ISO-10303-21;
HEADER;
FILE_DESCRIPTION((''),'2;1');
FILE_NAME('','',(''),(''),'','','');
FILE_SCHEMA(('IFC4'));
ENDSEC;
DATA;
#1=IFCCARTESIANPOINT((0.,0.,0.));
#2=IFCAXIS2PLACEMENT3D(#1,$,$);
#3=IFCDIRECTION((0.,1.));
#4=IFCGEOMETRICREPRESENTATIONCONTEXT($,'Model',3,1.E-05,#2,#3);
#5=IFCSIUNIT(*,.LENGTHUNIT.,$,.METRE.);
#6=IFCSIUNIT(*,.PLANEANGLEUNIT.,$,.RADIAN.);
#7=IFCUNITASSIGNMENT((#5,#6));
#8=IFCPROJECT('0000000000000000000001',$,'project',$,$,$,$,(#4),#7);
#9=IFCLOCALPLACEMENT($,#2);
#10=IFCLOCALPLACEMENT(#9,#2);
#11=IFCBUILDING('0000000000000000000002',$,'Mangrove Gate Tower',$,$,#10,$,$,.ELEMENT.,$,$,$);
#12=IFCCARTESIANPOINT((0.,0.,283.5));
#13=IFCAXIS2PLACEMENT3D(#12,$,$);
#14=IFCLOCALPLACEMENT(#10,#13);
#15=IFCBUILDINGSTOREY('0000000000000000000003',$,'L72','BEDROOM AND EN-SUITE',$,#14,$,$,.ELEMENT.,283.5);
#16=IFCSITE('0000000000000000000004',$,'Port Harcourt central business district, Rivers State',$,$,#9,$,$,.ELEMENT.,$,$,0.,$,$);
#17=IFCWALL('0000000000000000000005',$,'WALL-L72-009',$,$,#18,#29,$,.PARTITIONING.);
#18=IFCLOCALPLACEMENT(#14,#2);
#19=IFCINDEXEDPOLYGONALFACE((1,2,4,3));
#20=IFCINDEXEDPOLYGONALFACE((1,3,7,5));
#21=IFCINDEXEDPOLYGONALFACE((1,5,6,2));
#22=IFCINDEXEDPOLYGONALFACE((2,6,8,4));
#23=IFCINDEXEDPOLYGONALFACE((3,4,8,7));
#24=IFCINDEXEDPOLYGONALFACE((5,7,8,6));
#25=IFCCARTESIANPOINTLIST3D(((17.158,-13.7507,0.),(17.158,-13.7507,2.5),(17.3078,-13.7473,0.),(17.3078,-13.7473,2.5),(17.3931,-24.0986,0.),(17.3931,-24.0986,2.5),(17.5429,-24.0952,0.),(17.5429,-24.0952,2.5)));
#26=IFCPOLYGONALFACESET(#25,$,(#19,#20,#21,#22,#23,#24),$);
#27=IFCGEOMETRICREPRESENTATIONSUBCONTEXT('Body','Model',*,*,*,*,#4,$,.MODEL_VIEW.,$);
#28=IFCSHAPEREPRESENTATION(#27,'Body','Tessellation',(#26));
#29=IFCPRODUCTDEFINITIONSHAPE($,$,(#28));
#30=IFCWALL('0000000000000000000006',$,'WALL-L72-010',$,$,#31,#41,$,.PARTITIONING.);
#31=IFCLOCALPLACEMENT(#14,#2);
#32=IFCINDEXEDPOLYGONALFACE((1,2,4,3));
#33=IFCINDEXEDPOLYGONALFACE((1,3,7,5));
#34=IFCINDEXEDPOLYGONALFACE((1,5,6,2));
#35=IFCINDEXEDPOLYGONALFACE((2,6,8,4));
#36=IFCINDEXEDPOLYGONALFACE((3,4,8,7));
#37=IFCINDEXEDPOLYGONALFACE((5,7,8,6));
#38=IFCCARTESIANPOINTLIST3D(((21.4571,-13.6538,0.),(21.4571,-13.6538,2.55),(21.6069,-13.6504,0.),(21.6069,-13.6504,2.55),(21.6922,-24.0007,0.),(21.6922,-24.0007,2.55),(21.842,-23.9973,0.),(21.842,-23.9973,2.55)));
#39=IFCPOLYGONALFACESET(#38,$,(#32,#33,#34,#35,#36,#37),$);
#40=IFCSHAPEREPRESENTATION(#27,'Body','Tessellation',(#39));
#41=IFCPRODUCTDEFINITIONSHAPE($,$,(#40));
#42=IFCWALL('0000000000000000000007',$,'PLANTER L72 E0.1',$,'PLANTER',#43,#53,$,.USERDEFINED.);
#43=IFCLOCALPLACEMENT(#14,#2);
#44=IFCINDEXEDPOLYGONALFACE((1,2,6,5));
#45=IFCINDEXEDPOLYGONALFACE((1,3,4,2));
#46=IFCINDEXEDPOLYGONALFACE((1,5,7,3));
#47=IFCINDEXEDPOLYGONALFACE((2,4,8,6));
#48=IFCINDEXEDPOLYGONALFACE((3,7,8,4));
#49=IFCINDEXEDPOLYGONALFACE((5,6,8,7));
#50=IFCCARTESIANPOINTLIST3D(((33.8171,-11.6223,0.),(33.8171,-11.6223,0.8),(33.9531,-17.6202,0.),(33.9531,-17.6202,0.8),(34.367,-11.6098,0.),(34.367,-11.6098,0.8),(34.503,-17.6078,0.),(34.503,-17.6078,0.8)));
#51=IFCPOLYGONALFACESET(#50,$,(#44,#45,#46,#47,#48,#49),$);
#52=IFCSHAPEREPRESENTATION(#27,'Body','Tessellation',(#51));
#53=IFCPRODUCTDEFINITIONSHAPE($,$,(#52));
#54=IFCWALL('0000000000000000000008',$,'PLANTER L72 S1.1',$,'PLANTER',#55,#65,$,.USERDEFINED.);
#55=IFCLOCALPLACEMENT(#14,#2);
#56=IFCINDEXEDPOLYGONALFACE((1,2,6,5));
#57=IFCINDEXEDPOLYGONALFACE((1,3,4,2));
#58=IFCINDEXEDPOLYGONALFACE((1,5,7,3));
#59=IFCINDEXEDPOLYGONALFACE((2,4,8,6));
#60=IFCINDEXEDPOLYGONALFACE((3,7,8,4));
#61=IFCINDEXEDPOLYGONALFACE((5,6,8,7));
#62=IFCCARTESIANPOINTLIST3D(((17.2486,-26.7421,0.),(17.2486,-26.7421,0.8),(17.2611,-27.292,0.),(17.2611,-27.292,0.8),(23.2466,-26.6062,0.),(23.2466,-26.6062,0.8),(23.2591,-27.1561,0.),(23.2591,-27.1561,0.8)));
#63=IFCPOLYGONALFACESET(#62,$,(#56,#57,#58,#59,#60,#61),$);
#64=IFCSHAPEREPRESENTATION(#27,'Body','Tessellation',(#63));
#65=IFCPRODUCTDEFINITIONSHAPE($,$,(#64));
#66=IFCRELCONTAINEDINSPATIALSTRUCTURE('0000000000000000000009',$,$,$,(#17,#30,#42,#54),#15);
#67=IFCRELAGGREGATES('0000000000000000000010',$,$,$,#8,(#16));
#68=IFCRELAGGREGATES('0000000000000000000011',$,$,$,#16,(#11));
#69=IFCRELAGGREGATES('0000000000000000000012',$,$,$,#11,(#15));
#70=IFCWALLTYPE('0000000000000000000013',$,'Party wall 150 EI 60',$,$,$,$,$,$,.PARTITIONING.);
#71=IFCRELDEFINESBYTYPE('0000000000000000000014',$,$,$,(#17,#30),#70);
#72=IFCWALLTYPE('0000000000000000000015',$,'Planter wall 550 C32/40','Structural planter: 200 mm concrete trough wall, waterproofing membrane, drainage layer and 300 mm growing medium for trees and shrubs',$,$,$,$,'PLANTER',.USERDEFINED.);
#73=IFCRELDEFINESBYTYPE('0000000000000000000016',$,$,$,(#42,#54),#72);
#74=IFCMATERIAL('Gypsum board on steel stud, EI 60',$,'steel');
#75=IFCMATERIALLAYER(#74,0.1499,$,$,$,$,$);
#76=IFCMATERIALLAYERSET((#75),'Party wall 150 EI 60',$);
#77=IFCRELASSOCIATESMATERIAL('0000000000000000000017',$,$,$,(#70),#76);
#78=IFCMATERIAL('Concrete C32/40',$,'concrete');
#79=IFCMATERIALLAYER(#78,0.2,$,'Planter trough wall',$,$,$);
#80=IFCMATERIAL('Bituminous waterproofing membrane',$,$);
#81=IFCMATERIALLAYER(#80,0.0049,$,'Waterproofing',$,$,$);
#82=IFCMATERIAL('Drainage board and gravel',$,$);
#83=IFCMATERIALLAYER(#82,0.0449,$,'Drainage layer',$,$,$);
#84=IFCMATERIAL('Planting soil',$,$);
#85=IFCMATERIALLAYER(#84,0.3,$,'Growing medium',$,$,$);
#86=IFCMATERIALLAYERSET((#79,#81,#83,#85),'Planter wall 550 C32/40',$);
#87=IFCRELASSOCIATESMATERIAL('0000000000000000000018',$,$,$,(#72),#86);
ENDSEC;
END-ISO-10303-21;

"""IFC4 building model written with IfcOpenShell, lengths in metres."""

from ifc_helpers import new_model, si_unit, direction, frame, frame_2d, origin, place, context, subcontext, project, spatial, rectangle, extrude, material, layer, layer_set, type_object, element, save


model = new_model("IFC4")

# Units and contexts
model_context = context("Model", 3, precision=1e-05, world=origin(), true_north=direction((0.0, 1.0)))
body_context = subcontext(model_context, "Body", "Model", "MODEL_VIEW")
ifc_project = project(units=[si_unit("LENGTHUNIT", "METRE"), si_unit("PLANEANGLEUNIT", "RADIAN")], contexts=[model_context])

# Site, building, storey
site_placement = place(None, origin())
site = spatial("IfcSite", under=ifc_project, at=site_placement, Name="Port Harcourt central business district, Rivers State", CompositionType="ELEMENT", RefElevation=0.0)
building_placement = place(site_placement, origin())
building = spatial("IfcBuilding", under=site, at=building_placement, Name="Mangrove Gate Tower", CompositionType="ELEMENT")
storey_placement = place(building_placement, frame((0.0, 0.0, 283.5)))
storey = spatial("IfcBuildingStorey", under=building, at=storey_placement, Name="L72", Description="BEDROOM AND EN-SUITE", CompositionType="ELEMENT", Elevation=283.5)

# Walls
ifc_material_1 = material(Name="Gypsum board on steel stud, EI 60", Category="steel")
ifc_layer_1 = layer(ifc_material_1, 0.1499)
ifc_layer_set_1 = layer_set([ifc_layer_1], Name="Party wall 150 EI 60")
wall_type_1 = type_object("IfcWallType", Name="Party wall 150 EI 60", PredefinedType="PARTITIONING", material=ifc_layer_set_1)
wall_1_placement = place(storey_placement, frame((17.468, -24.0969, 0.0), z_axis=(0.0, 0.0, 1.0), x_axis=(-0.022714, 0.999742, 0.0)))
element("IfcWall", 1, at=wall_1_placement, inside=storey, type_object=wall_type_1, Name="WALL-L72-009", PredefinedType="PARTITIONING", context=body_context, shape_type="SweptSolid", body=[
    extrude(rectangle(XDim=10.3506, YDim=0.1499, at=frame_2d((5.1753, 0.0))), origin(), (0.0, 0.0, 1.0), 2.5),
])
wall_2_placement = place(storey_placement, frame((21.7671, -23.999, 0.0), z_axis=(0.0, 0.0, 1.0), x_axis=(-0.022717, 0.999742, 0.0)))
element("IfcWall", 2, at=wall_2_placement, inside=storey, type_object=wall_type_1, Name="WALL-L72-010", PredefinedType="PARTITIONING", context=body_context, shape_type="SweptSolid", body=[
    extrude(rectangle(XDim=10.3496, YDim=0.1499, at=frame_2d((5.1748, 0.0))), origin(), (0.0, 0.0, 1.0), 2.55),
])
ifc_material_2 = material(Name="Concrete C32/40", Category="concrete")
ifc_layer_2 = layer(ifc_material_2, 0.2, Name="Planter trough wall")
ifc_material_3 = material(Name="Bituminous waterproofing membrane")
ifc_layer_3 = layer(ifc_material_3, 0.0049, Name="Waterproofing")
ifc_material_4 = material(Name="Drainage board and gravel")
ifc_layer_4 = layer(ifc_material_4, 0.0449, Name="Drainage layer")
ifc_material_5 = material(Name="Planting soil")
ifc_layer_5 = layer(ifc_material_5, 0.3, Name="Growing medium")
ifc_layer_set_2 = layer_set([ifc_layer_2, ifc_layer_3, ifc_layer_4, ifc_layer_5], Name="Planter wall 550 C32/40")
wall_type_2 = type_object("IfcWallType", Name="Planter wall 550 C32/40", Description="Structural planter: 200 mm concrete trough wall, waterproofing membrane, drainage layer and 300 mm growing medium for trees and shrubs", ElementType="PLANTER", PredefinedType="USERDEFINED", material=ifc_layer_set_2)
for number, where, z_axis, x_axis, name in (
    (3, (34.228, -17.614, 0.0), (0.0, 0.0, 1.0), (-0.022666, 0.999743, 0.0), "PLANTER L72 E0.1"),
    (4, (17.2549, -27.0171, 0.0), (0.0, 0.0, 1.0), (0.999743, 0.022666, 0.0), "PLANTER L72 S1.1"),
):
    element("IfcWall", number, at=place(storey_placement, frame(where, z_axis=z_axis, x_axis=x_axis)), inside=storey, type_object=wall_type_2, Name=name, ObjectType="PLANTER", PredefinedType="USERDEFINED", context=body_context, shape_type="SweptSolid", body=[
        extrude(rectangle(XDim=5.9995, YDim=0.55, at=frame_2d((2.9998, 0.0))), origin(), (0.0, 0.0, 1.0), 0.8),
    ])

save(model, "model.ifc")
